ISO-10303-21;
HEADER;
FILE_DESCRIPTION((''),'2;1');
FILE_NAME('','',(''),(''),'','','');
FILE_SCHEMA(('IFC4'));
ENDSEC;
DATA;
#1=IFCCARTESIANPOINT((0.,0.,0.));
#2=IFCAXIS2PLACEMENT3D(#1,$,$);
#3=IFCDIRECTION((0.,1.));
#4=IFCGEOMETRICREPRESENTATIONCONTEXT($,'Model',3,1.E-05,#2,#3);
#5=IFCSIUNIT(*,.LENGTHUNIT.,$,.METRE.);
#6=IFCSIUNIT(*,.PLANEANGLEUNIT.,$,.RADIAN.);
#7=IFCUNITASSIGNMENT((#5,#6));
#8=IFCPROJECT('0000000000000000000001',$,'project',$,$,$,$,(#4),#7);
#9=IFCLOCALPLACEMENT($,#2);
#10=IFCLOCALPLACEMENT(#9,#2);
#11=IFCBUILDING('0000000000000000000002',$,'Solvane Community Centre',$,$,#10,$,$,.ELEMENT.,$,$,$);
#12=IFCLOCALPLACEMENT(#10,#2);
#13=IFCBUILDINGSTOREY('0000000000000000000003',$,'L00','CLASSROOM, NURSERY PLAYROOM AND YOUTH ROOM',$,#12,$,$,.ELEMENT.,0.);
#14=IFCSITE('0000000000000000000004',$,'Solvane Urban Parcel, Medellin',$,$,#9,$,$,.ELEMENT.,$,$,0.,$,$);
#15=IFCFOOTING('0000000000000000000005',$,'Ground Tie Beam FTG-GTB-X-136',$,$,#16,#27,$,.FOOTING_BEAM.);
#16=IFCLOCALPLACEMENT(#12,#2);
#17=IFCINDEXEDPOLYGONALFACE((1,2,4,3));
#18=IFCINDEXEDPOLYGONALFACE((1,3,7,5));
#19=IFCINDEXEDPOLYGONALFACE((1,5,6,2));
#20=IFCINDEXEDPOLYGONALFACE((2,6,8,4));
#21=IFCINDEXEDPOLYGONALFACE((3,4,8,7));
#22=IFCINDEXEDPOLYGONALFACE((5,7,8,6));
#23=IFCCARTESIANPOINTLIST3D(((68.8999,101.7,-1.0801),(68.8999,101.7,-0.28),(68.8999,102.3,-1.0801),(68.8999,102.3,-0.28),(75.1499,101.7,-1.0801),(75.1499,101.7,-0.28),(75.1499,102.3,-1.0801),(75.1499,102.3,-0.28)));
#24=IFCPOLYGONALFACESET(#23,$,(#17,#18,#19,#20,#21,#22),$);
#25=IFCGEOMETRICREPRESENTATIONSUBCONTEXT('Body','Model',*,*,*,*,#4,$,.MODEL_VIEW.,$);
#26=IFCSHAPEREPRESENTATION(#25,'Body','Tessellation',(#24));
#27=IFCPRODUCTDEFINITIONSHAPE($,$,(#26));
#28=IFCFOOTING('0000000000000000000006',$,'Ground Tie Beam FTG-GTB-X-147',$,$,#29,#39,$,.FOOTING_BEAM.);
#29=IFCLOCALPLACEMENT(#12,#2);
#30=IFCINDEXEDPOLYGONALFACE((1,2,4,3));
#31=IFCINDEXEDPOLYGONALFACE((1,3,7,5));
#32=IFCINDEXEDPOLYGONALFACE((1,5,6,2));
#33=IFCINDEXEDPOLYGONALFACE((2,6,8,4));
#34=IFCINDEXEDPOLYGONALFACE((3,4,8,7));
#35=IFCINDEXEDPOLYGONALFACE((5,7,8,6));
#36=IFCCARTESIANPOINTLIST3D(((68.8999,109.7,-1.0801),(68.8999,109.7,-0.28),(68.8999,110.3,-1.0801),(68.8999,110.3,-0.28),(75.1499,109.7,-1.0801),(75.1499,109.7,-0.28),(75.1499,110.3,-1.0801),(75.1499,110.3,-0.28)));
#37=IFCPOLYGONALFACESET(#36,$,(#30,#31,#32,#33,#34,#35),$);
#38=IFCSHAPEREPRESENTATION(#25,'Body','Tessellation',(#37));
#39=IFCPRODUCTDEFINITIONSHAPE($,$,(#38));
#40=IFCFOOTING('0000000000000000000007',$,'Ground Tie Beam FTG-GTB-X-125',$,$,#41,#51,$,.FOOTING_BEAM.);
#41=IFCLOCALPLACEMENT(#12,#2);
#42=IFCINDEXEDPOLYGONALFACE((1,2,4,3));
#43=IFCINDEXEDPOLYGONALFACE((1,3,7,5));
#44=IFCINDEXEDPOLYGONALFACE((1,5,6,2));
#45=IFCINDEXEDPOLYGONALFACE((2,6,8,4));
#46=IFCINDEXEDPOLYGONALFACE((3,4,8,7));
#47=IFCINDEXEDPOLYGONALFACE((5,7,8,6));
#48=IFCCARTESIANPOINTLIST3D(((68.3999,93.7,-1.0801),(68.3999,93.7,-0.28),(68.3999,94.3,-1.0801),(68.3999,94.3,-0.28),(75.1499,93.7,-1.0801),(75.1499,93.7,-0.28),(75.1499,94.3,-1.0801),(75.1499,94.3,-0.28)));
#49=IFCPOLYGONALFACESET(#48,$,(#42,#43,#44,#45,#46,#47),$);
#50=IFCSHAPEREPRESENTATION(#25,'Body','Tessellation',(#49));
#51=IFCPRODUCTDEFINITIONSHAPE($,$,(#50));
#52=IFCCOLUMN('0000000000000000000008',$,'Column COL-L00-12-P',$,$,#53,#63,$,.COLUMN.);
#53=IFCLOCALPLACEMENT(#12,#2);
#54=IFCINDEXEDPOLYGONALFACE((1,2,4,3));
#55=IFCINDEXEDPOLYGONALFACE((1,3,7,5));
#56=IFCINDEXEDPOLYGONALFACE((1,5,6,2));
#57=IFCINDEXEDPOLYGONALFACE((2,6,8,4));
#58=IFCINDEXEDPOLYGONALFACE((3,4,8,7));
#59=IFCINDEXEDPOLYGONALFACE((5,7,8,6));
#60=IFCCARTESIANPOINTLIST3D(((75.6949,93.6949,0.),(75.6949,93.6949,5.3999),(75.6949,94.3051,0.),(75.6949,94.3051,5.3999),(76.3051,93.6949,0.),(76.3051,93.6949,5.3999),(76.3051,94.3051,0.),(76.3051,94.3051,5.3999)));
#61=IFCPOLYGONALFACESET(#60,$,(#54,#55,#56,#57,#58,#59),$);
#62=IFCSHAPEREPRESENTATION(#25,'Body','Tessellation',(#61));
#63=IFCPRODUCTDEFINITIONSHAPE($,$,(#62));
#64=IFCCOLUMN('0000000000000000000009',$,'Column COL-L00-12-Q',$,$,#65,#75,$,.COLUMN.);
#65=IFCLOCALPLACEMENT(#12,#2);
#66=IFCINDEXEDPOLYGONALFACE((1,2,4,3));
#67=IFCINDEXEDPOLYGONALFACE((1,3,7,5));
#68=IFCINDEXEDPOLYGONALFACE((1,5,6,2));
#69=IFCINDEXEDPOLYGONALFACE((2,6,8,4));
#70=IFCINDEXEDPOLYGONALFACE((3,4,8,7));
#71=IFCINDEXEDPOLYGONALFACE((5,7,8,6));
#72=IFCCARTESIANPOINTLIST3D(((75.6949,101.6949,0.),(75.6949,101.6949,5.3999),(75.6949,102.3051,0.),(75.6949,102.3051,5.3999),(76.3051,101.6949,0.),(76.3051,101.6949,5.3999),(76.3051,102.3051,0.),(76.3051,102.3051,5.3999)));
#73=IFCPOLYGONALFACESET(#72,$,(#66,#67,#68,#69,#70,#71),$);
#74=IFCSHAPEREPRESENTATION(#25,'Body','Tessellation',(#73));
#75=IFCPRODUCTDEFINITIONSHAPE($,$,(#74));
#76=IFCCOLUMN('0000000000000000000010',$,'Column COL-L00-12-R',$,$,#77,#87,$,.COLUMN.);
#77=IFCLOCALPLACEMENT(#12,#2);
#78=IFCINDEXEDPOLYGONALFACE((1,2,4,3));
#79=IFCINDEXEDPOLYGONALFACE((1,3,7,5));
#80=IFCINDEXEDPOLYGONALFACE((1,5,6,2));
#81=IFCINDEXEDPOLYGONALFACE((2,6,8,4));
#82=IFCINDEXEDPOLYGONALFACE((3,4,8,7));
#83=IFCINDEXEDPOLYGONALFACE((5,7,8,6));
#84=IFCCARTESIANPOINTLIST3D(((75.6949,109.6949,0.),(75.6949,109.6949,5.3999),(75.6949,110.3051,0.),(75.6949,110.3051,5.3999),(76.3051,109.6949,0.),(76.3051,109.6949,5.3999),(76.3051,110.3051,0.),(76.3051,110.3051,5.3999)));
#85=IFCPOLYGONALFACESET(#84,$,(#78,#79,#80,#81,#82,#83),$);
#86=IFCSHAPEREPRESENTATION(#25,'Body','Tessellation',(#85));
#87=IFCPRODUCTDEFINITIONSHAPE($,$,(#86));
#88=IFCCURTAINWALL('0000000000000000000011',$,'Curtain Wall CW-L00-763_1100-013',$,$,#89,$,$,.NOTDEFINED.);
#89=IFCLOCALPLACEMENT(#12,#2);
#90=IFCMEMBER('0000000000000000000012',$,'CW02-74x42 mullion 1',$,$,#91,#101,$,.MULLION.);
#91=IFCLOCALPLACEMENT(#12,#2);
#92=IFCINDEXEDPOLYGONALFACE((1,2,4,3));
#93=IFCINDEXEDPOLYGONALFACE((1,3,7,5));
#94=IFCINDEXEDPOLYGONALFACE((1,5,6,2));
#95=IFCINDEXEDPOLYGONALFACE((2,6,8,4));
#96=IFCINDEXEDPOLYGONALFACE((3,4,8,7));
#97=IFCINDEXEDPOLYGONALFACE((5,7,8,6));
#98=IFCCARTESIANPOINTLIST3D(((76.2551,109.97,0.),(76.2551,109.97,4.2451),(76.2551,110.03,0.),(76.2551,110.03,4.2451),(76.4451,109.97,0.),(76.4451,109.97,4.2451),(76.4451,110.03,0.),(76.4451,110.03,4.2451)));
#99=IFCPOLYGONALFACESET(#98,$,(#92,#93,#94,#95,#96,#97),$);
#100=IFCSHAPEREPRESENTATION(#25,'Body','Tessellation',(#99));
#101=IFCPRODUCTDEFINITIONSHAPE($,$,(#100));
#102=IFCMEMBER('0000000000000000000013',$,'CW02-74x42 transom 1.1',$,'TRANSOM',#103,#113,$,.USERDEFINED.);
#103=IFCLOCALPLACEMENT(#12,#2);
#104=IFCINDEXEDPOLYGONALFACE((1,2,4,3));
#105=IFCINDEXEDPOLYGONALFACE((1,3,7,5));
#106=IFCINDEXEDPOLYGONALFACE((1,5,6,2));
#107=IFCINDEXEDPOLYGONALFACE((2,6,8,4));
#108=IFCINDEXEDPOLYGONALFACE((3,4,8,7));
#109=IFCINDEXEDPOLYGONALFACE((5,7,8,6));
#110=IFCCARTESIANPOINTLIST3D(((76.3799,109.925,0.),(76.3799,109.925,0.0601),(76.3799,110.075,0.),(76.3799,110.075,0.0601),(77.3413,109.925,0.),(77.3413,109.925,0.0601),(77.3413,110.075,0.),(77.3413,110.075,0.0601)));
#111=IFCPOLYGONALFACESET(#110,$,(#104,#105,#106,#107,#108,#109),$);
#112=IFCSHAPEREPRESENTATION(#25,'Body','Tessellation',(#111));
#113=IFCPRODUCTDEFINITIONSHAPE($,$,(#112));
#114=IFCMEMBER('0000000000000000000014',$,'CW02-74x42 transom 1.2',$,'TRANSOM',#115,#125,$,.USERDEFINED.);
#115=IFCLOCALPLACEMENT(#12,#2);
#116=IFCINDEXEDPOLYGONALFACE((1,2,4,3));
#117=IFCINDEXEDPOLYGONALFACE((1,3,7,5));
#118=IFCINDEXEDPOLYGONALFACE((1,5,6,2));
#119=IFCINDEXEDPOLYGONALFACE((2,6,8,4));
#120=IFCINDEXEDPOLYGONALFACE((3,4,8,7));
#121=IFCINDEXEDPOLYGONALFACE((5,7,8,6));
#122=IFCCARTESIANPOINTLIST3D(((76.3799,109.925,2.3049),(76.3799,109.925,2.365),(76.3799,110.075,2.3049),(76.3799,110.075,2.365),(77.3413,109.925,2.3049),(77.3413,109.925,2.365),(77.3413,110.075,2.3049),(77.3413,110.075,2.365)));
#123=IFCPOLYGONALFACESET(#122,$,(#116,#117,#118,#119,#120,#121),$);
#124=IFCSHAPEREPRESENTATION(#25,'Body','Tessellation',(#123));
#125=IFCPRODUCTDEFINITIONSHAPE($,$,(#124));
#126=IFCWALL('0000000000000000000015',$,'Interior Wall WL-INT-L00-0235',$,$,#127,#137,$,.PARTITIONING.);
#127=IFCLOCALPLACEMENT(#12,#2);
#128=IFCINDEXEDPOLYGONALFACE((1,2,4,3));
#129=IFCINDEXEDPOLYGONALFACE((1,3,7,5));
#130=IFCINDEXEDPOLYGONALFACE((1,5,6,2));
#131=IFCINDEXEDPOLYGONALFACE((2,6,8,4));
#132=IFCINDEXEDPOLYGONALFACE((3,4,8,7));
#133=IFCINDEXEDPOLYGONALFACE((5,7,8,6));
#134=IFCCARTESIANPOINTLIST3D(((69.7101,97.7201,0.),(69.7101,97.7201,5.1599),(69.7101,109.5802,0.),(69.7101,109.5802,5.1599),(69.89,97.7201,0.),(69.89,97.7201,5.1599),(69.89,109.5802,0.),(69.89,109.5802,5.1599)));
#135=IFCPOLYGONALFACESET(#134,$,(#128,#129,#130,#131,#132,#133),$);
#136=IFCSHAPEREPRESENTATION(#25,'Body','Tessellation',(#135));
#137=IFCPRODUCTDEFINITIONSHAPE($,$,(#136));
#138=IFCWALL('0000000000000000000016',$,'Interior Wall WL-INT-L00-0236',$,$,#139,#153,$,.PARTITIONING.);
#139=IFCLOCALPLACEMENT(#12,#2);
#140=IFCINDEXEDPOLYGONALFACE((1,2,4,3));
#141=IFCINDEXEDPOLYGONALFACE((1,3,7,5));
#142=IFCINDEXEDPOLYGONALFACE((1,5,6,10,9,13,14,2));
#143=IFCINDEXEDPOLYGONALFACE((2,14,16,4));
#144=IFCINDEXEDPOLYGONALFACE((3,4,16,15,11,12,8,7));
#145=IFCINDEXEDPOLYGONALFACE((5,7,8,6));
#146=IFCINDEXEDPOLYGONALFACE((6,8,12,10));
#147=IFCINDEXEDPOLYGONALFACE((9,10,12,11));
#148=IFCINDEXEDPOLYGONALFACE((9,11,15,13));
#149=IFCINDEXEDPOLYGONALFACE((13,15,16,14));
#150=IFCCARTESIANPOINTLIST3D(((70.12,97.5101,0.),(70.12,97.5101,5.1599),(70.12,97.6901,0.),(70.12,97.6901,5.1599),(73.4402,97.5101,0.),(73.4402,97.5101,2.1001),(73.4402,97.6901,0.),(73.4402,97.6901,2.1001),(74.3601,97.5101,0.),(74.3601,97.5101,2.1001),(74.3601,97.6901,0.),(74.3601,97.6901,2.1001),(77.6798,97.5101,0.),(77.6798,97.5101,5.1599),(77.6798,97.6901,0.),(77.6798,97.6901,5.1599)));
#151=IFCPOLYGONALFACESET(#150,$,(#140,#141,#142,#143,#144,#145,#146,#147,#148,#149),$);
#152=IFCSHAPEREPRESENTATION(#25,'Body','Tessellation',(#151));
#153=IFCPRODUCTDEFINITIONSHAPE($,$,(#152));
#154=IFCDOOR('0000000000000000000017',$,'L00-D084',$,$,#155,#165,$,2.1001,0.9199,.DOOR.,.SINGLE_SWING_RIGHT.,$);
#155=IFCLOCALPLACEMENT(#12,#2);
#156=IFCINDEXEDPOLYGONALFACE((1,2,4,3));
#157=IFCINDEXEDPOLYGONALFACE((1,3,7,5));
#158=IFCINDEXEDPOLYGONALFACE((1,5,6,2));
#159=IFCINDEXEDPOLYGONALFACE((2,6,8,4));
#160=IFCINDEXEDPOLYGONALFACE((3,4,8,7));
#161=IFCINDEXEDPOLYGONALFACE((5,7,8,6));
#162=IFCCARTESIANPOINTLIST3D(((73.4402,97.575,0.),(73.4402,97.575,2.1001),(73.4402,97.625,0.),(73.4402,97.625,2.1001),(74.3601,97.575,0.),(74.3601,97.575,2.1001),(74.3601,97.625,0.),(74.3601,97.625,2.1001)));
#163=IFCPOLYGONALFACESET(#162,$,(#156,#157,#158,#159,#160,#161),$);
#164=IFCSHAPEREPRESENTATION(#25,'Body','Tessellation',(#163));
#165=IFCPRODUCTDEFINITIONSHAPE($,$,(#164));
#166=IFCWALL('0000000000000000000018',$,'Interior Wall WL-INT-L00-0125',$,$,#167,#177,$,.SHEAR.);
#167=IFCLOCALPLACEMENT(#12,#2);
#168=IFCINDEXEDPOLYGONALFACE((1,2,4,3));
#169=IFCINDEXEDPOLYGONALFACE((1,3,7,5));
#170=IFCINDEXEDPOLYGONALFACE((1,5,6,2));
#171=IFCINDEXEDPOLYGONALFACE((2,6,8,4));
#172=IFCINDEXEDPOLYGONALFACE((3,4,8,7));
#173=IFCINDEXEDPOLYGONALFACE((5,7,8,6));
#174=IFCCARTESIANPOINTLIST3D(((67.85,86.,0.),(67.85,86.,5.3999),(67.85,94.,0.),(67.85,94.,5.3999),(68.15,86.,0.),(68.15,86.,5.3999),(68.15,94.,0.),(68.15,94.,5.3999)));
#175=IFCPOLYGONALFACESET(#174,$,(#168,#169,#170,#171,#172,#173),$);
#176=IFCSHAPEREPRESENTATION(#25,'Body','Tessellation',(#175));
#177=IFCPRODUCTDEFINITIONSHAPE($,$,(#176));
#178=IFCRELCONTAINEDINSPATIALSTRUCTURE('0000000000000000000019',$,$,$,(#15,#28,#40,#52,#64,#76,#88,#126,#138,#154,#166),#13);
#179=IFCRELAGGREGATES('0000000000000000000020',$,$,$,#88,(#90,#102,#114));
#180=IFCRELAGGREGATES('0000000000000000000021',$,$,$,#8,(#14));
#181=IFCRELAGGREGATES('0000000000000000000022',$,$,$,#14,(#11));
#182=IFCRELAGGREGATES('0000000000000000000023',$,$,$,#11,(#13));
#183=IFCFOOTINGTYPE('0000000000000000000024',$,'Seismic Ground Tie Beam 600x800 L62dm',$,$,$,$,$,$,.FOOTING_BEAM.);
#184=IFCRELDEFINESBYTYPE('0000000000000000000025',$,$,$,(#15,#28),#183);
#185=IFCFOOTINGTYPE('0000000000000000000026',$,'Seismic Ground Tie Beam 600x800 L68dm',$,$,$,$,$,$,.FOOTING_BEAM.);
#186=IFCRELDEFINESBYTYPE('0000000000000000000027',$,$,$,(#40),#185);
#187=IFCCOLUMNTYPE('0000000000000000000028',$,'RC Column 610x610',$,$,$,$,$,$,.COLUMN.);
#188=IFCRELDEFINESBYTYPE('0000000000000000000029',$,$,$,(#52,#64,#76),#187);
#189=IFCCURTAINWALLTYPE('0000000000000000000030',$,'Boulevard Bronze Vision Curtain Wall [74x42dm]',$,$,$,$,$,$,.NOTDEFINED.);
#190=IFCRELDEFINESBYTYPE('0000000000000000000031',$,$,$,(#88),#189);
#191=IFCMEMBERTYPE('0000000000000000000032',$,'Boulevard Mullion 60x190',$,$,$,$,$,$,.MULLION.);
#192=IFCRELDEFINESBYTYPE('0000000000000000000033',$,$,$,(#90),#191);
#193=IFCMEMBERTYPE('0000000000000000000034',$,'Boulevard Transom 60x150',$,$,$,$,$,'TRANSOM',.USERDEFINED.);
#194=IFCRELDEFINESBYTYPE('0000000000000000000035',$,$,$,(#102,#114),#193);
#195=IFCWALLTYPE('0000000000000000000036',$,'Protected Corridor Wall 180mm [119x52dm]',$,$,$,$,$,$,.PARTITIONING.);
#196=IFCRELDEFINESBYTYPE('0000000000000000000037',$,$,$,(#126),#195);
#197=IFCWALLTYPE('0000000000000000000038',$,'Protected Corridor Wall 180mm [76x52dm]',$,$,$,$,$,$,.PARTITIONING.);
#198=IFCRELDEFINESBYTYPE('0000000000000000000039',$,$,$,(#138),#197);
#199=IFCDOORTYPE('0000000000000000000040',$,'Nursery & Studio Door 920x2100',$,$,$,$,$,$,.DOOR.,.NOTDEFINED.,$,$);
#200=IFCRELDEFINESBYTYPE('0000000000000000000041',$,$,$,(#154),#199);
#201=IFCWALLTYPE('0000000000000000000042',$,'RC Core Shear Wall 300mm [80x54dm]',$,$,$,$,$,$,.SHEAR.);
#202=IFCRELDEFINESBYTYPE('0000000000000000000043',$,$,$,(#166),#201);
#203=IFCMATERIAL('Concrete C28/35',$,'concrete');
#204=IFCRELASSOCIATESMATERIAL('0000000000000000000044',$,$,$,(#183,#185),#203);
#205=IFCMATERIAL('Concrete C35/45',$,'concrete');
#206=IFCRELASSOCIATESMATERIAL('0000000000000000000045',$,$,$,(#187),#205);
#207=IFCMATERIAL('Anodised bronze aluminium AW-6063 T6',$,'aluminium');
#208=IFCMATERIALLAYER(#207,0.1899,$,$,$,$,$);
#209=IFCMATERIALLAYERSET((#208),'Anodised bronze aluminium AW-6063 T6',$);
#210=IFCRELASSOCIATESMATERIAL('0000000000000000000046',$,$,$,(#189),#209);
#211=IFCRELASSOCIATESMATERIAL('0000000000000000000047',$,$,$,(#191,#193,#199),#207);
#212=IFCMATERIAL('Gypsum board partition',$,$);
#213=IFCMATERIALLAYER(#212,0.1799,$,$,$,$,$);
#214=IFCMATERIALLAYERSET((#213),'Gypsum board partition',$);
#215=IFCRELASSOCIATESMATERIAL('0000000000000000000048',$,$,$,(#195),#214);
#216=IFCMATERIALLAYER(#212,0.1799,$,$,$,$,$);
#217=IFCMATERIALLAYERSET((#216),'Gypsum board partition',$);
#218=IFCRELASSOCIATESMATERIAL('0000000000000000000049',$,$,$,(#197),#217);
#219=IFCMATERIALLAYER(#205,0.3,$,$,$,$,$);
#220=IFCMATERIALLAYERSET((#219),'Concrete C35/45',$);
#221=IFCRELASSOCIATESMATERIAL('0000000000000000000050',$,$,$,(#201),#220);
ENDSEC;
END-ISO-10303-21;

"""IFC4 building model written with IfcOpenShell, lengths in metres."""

from ifc_helpers import new_model, si_unit, direction, frame, frame_2d, origin, origin_2d, place, context, subcontext, project, spatial, rectangle, extrude, material, layer, layer_set, material_profile, profile_set, type_object, element, fill, aggregate, save


model = new_model("IFC4")

# Units and contexts
model_context = context("Model", 3, precision=1e-05, world=origin(), true_north=direction((0.0, 1.0)))
body_context = subcontext(model_context, "Body", "Model", "MODEL_VIEW")
ifc_project = project(units=[si_unit("LENGTHUNIT", "METRE"), si_unit("PLANEANGLEUNIT", "RADIAN")], contexts=[model_context])

# Site, building, storey
site_placement = place(None, origin())
site = spatial("IfcSite", under=ifc_project, at=site_placement, Name="Solvane Urban Parcel, Medellin", CompositionType="ELEMENT", RefElevation=0.0)
building_placement = place(site_placement, origin())
building = spatial("IfcBuilding", under=site, at=building_placement, Name="Solvane Community Centre", CompositionType="ELEMENT")
storey_placement = place(building_placement, origin())
storey = spatial("IfcBuildingStorey", under=building, at=storey_placement, Name="L00", Description="CLASSROOM, NURSERY PLAYROOM AND YOUTH ROOM", CompositionType="ELEMENT", Elevation=0.0)

# Shared definitions
ifc_material_1 = material(Name="Concrete C28/35", Category="concrete")

# Footings
footing_type_1 = type_object("IfcFootingType", Name="Seismic Ground Tie Beam 600x800 L62dm", PredefinedType="FOOTING_BEAM", material=ifc_material_1)
for number, where, z_axis, x_axis, name in (
    (1, (72.0249, 102.0, -1.0801), (0.0, 0.0, 1.0), (1.0, 0.0, 0.0), "Ground Tie Beam FTG-GTB-X-136"),
    (2, (72.0249, 110.0, -1.0801), (0.0, 0.0, 1.0), (1.0, 0.0, 0.0), "Ground Tie Beam FTG-GTB-X-147"),
):
    element("IfcFooting", number, at=place(storey_placement, frame(where, z_axis=z_axis, x_axis=x_axis)), inside=storey, type_object=footing_type_1, Name=name, PredefinedType="FOOTING_BEAM", context=body_context, shape_type="SweptSolid", body=[
        extrude(rectangle(XDim=6.25, YDim=0.6001, at=origin_2d()), origin(), (0.0, 0.0, 1.0), 0.8),
    ])
footing_type_2 = type_object("IfcFootingType", Name="Seismic Ground Tie Beam 600x800 L68dm", PredefinedType="FOOTING_BEAM", material=ifc_material_1)
footing_placement = place(storey_placement, frame((71.7749, 94.0, -1.0801), z_axis=(0.0, 0.0, 1.0), x_axis=(1.0, 0.0, 0.0)))
element("IfcFooting", 3, at=footing_placement, inside=storey, type_object=footing_type_2, Name="Ground Tie Beam FTG-GTB-X-125", PredefinedType="FOOTING_BEAM", context=body_context, shape_type="SweptSolid", body=[
    extrude(rectangle(XDim=6.75, YDim=0.6001, at=origin_2d()), origin(), (0.0, 0.0, 1.0), 0.8),
])

# Columns
ifc_material_2 = material(Name="Concrete C35/45", Category="concrete")
ifc_material_profile_1 = material_profile(ifc_material_2, rectangle(XDim=0.6101, YDim=0.6101, at=origin_2d()), Name="RC 610x610")
ifc_profile_set_1 = profile_set([ifc_material_profile_1], Name="Concrete C35/45")
column_type = type_object("IfcColumnType", Name="RC Column 610x610", PredefinedType="COLUMN", material=ifc_profile_set_1)
for number, where, z_axis, x_axis, name in (
    (4, (76.0, 94.0, 0.0), (0.0, 0.0, 1.0), (1.0, 0.0, 0.0), "Column COL-L00-12-P"),
    (5, (76.0, 102.0, 0.0), (0.0, 0.0, 1.0), (1.0, 0.0, 0.0), "Column COL-L00-12-Q"),
    (6, (76.0, 110.0, 0.0), (0.0, 0.0, 1.0), (1.0, 0.0, 0.0), "Column COL-L00-12-R"),
):
    element("IfcColumn", number, at=place(storey_placement, frame(where, z_axis=z_axis, x_axis=x_axis)), inside=storey, type_object=column_type, Name=name, PredefinedType="COLUMN", context=body_context, shape_type="SweptSolid", body=[
        extrude(rectangle(XDim=0.6101, YDim=0.6101, at=origin_2d()), origin(), (0.0, 0.0, 1.0), 5.3999),
    ])

# Curtain wall, members
ifc_material_3 = material(Name="Anodised bronze aluminium AW-6063 T6", Category="aluminium")
ifc_layer_1 = layer(ifc_material_3, 0.1899)
ifc_layer_set_1 = layer_set([ifc_layer_1], Name="Anodised bronze aluminium AW-6063 T6")
curtain_wall_type = type_object("IfcCurtainWallType", Name="Boulevard Bronze Vision Curtain Wall [74x42dm]", PredefinedType="NOTDEFINED", material=ifc_layer_set_1)
curtain_wall_placement = place(storey_placement, origin())
curtain_wall = element("IfcCurtainWall", 7, at=curtain_wall_placement, inside=storey, type_object=curtain_wall_type, Name="Curtain Wall CW-L00-763_1100-013", PredefinedType="NOTDEFINED")
ifc_material_profile_2 = material_profile(ifc_material_3, rectangle(XDim=0.0601, YDim=0.1899, at=origin_2d()), Name="CW-M 60x190")
ifc_profile_set_2 = profile_set([ifc_material_profile_2], Name="Anodised bronze aluminium AW-6063 T6")
member_type_1 = type_object("IfcMemberType", Name="Boulevard Mullion 60x190", PredefinedType="MULLION", material=ifc_profile_set_2)
member_1_placement = place(storey_placement, frame((76.3501, 110.0, 0.0), z_axis=(0.0, 0.0, 1.0), x_axis=(0.0, 1.0, 0.0)))
member_1 = element("IfcMember", 8, at=member_1_placement, type_object=member_type_1, Name="CW02-74x42 mullion 1", PredefinedType="MULLION", context=body_context, shape_type="SweptSolid", body=[
    extrude(rectangle(XDim=0.0601, YDim=0.1899, at=origin_2d()), origin(), (0.0, 0.0, 1.0), 4.2451),
])
ifc_material_profile_3 = material_profile(ifc_material_3, rectangle(XDim=0.1499, YDim=0.0601, at=origin_2d()), Name="CW-T 60x150")
ifc_profile_set_3 = profile_set([ifc_material_profile_3], Name="Anodised bronze aluminium AW-6063 T6")
member_type_2 = type_object("IfcMemberType", Name="Boulevard Transom 60x150", ElementType="TRANSOM", PredefinedType="USERDEFINED", material=ifc_profile_set_3)
member_2_placement = place(storey_placement, frame((76.3799, 110.0, 0.03), z_axis=(1.0, 0.0, 0.0), x_axis=(0.0, 1.0, 0.0)))
member_2 = element("IfcMember", 9, at=member_2_placement, type_object=member_type_2, Name="CW02-74x42 transom 1.1", ObjectType="TRANSOM", PredefinedType="USERDEFINED", context=body_context, shape_type="SweptSolid", body=[
    extrude(rectangle(XDim=0.1499, YDim=0.0601, at=origin_2d()), origin(), (0.0, 0.0, 1.0), 0.9614),
])
member_3_placement = place(storey_placement, frame((76.3799, 110.0, 2.335), z_axis=(1.0, 0.0, 0.0), x_axis=(0.0, 1.0, 0.0)))
member_3 = element("IfcMember", 10, at=member_3_placement, type_object=member_type_2, Name="CW02-74x42 transom 1.2", ObjectType="TRANSOM", PredefinedType="USERDEFINED", context=body_context, shape_type="SweptSolid", body=[
    extrude(rectangle(XDim=0.1499, YDim=0.0601, at=origin_2d()), origin(), (0.0, 0.0, 1.0), 0.9614),
])
aggregate(curtain_wall, [member_1, member_2, member_3])

# Wall
ifc_material_4 = material(Name="Gypsum board partition")
ifc_layer_2 = layer(ifc_material_4, 0.1799)
ifc_layer_set_2 = layer_set([ifc_layer_2], Name="Gypsum board partition")
wall_type_1 = type_object("IfcWallType", Name="Protected Corridor Wall 180mm [119x52dm]", PredefinedType="PARTITIONING", material=ifc_layer_set_2)
wall_1_placement = place(storey_placement, frame((69.8, 97.72, 0.0), z_axis=(0.0, 0.0, 1.0), x_axis=(0.0, 1.0, 0.0)))
element("IfcWall", 11, at=wall_1_placement, inside=storey, type_object=wall_type_1, Name="Interior Wall WL-INT-L00-0235", PredefinedType="PARTITIONING", context=body_context, shape_type="SweptSolid", body=[
    extrude(rectangle(XDim=11.8601, YDim=0.1799, at=frame_2d((5.9302, 0.0))), origin(), (0.0, 0.0, 1.0), 5.1599),
])

# Wall, opening, door
ifc_layer_3 = layer(ifc_material_4, 0.1799)
ifc_layer_set_3 = layer_set([ifc_layer_3], Name="Gypsum board partition")
wall_type_2 = type_object("IfcWallType", Name="Protected Corridor Wall 180mm [76x52dm]", PredefinedType="PARTITIONING", material=ifc_layer_set_3)
wall_2_placement = place(storey_placement, frame((70.1201, 97.6001, 0.0), z_axis=(0.0, 0.0, 1.0), x_axis=(1.0, 0.0, 0.0)))
wall_2 = element("IfcWall", 12, at=wall_2_placement, inside=storey, type_object=wall_type_2, Name="Interior Wall WL-INT-L00-0236", PredefinedType="PARTITIONING", context=body_context, shape_type="SweptSolid", body=[
    extrude(rectangle(XDim=7.5598, YDim=0.1799, at=frame_2d((3.7798, 0.0))), origin(), (0.0, 0.0, 1.0), 5.1599),
])
opening_placement = place(wall_2_placement, frame((3.3201, 0.0, 0.0)))
opening = element("IfcOpeningElement", 13, at=opening_placement, cuts=wall_2, PredefinedType="OPENING", context=body_context, shape_type="SweptSolid", body=[
    extrude(rectangle(XDim=0.9199, YDim=2.1001, at=frame_2d((0.46, 1.05))), frame((0.0, 0.0999, 0.0), z_axis=(0.0, -1.0, 0.0), x_axis=(1.0, 0.0, 0.0)), (0.0, 0.0, 1.0), 0.2),
])
door_type = type_object("IfcDoorType", Name="Nursery & Studio Door 920x2100", OperationType="NOTDEFINED", PredefinedType="DOOR", material=ifc_material_3)
door_placement = place(opening_placement, origin())
door = element("IfcDoor", 14, at=door_placement, inside=storey, type_object=door_type, Name="L00-D084", OperationType="SINGLE_SWING_RIGHT", OverallHeight=2.1001, OverallWidth=0.9199, PredefinedType="DOOR", context=body_context, shape_type="SweptSolid", body=[
    extrude(rectangle(XDim=0.9199, YDim=2.1001, at=frame_2d((0.46, 1.05))), frame((0.0, 0.0249, 0.0), z_axis=(0.0, -1.0, 0.0), x_axis=(1.0, 0.0, 0.0)), (0.0, 0.0, 1.0), 0.05),
])
fill(opening, door)

# Wall
ifc_layer_4 = layer(ifc_material_2, 0.3)
ifc_layer_set_4 = layer_set([ifc_layer_4], Name="Concrete C35/45")
wall_type_3 = type_object("IfcWallType", Name="RC Core Shear Wall 300mm [80x54dm]", PredefinedType="SHEAR", material=ifc_layer_set_4)
wall_3_placement = place(storey_placement, frame((68.0, 94.0, 0.0), z_axis=(0.0, 0.0, 1.0), x_axis=(0.0, -1.0, 0.0)))
element("IfcWall", 15, at=wall_3_placement, inside=storey, type_object=wall_type_3, Name="Interior Wall WL-INT-L00-0125", PredefinedType="SHEAR", context=body_context, shape_type="SweptSolid", body=[
    extrude(rectangle(XDim=8.0, YDim=0.3, at=frame_2d((4.0, 0.0))), origin(), (0.0, 0.0, 1.0), 5.3999),
])

save(model, "model.ifc")
